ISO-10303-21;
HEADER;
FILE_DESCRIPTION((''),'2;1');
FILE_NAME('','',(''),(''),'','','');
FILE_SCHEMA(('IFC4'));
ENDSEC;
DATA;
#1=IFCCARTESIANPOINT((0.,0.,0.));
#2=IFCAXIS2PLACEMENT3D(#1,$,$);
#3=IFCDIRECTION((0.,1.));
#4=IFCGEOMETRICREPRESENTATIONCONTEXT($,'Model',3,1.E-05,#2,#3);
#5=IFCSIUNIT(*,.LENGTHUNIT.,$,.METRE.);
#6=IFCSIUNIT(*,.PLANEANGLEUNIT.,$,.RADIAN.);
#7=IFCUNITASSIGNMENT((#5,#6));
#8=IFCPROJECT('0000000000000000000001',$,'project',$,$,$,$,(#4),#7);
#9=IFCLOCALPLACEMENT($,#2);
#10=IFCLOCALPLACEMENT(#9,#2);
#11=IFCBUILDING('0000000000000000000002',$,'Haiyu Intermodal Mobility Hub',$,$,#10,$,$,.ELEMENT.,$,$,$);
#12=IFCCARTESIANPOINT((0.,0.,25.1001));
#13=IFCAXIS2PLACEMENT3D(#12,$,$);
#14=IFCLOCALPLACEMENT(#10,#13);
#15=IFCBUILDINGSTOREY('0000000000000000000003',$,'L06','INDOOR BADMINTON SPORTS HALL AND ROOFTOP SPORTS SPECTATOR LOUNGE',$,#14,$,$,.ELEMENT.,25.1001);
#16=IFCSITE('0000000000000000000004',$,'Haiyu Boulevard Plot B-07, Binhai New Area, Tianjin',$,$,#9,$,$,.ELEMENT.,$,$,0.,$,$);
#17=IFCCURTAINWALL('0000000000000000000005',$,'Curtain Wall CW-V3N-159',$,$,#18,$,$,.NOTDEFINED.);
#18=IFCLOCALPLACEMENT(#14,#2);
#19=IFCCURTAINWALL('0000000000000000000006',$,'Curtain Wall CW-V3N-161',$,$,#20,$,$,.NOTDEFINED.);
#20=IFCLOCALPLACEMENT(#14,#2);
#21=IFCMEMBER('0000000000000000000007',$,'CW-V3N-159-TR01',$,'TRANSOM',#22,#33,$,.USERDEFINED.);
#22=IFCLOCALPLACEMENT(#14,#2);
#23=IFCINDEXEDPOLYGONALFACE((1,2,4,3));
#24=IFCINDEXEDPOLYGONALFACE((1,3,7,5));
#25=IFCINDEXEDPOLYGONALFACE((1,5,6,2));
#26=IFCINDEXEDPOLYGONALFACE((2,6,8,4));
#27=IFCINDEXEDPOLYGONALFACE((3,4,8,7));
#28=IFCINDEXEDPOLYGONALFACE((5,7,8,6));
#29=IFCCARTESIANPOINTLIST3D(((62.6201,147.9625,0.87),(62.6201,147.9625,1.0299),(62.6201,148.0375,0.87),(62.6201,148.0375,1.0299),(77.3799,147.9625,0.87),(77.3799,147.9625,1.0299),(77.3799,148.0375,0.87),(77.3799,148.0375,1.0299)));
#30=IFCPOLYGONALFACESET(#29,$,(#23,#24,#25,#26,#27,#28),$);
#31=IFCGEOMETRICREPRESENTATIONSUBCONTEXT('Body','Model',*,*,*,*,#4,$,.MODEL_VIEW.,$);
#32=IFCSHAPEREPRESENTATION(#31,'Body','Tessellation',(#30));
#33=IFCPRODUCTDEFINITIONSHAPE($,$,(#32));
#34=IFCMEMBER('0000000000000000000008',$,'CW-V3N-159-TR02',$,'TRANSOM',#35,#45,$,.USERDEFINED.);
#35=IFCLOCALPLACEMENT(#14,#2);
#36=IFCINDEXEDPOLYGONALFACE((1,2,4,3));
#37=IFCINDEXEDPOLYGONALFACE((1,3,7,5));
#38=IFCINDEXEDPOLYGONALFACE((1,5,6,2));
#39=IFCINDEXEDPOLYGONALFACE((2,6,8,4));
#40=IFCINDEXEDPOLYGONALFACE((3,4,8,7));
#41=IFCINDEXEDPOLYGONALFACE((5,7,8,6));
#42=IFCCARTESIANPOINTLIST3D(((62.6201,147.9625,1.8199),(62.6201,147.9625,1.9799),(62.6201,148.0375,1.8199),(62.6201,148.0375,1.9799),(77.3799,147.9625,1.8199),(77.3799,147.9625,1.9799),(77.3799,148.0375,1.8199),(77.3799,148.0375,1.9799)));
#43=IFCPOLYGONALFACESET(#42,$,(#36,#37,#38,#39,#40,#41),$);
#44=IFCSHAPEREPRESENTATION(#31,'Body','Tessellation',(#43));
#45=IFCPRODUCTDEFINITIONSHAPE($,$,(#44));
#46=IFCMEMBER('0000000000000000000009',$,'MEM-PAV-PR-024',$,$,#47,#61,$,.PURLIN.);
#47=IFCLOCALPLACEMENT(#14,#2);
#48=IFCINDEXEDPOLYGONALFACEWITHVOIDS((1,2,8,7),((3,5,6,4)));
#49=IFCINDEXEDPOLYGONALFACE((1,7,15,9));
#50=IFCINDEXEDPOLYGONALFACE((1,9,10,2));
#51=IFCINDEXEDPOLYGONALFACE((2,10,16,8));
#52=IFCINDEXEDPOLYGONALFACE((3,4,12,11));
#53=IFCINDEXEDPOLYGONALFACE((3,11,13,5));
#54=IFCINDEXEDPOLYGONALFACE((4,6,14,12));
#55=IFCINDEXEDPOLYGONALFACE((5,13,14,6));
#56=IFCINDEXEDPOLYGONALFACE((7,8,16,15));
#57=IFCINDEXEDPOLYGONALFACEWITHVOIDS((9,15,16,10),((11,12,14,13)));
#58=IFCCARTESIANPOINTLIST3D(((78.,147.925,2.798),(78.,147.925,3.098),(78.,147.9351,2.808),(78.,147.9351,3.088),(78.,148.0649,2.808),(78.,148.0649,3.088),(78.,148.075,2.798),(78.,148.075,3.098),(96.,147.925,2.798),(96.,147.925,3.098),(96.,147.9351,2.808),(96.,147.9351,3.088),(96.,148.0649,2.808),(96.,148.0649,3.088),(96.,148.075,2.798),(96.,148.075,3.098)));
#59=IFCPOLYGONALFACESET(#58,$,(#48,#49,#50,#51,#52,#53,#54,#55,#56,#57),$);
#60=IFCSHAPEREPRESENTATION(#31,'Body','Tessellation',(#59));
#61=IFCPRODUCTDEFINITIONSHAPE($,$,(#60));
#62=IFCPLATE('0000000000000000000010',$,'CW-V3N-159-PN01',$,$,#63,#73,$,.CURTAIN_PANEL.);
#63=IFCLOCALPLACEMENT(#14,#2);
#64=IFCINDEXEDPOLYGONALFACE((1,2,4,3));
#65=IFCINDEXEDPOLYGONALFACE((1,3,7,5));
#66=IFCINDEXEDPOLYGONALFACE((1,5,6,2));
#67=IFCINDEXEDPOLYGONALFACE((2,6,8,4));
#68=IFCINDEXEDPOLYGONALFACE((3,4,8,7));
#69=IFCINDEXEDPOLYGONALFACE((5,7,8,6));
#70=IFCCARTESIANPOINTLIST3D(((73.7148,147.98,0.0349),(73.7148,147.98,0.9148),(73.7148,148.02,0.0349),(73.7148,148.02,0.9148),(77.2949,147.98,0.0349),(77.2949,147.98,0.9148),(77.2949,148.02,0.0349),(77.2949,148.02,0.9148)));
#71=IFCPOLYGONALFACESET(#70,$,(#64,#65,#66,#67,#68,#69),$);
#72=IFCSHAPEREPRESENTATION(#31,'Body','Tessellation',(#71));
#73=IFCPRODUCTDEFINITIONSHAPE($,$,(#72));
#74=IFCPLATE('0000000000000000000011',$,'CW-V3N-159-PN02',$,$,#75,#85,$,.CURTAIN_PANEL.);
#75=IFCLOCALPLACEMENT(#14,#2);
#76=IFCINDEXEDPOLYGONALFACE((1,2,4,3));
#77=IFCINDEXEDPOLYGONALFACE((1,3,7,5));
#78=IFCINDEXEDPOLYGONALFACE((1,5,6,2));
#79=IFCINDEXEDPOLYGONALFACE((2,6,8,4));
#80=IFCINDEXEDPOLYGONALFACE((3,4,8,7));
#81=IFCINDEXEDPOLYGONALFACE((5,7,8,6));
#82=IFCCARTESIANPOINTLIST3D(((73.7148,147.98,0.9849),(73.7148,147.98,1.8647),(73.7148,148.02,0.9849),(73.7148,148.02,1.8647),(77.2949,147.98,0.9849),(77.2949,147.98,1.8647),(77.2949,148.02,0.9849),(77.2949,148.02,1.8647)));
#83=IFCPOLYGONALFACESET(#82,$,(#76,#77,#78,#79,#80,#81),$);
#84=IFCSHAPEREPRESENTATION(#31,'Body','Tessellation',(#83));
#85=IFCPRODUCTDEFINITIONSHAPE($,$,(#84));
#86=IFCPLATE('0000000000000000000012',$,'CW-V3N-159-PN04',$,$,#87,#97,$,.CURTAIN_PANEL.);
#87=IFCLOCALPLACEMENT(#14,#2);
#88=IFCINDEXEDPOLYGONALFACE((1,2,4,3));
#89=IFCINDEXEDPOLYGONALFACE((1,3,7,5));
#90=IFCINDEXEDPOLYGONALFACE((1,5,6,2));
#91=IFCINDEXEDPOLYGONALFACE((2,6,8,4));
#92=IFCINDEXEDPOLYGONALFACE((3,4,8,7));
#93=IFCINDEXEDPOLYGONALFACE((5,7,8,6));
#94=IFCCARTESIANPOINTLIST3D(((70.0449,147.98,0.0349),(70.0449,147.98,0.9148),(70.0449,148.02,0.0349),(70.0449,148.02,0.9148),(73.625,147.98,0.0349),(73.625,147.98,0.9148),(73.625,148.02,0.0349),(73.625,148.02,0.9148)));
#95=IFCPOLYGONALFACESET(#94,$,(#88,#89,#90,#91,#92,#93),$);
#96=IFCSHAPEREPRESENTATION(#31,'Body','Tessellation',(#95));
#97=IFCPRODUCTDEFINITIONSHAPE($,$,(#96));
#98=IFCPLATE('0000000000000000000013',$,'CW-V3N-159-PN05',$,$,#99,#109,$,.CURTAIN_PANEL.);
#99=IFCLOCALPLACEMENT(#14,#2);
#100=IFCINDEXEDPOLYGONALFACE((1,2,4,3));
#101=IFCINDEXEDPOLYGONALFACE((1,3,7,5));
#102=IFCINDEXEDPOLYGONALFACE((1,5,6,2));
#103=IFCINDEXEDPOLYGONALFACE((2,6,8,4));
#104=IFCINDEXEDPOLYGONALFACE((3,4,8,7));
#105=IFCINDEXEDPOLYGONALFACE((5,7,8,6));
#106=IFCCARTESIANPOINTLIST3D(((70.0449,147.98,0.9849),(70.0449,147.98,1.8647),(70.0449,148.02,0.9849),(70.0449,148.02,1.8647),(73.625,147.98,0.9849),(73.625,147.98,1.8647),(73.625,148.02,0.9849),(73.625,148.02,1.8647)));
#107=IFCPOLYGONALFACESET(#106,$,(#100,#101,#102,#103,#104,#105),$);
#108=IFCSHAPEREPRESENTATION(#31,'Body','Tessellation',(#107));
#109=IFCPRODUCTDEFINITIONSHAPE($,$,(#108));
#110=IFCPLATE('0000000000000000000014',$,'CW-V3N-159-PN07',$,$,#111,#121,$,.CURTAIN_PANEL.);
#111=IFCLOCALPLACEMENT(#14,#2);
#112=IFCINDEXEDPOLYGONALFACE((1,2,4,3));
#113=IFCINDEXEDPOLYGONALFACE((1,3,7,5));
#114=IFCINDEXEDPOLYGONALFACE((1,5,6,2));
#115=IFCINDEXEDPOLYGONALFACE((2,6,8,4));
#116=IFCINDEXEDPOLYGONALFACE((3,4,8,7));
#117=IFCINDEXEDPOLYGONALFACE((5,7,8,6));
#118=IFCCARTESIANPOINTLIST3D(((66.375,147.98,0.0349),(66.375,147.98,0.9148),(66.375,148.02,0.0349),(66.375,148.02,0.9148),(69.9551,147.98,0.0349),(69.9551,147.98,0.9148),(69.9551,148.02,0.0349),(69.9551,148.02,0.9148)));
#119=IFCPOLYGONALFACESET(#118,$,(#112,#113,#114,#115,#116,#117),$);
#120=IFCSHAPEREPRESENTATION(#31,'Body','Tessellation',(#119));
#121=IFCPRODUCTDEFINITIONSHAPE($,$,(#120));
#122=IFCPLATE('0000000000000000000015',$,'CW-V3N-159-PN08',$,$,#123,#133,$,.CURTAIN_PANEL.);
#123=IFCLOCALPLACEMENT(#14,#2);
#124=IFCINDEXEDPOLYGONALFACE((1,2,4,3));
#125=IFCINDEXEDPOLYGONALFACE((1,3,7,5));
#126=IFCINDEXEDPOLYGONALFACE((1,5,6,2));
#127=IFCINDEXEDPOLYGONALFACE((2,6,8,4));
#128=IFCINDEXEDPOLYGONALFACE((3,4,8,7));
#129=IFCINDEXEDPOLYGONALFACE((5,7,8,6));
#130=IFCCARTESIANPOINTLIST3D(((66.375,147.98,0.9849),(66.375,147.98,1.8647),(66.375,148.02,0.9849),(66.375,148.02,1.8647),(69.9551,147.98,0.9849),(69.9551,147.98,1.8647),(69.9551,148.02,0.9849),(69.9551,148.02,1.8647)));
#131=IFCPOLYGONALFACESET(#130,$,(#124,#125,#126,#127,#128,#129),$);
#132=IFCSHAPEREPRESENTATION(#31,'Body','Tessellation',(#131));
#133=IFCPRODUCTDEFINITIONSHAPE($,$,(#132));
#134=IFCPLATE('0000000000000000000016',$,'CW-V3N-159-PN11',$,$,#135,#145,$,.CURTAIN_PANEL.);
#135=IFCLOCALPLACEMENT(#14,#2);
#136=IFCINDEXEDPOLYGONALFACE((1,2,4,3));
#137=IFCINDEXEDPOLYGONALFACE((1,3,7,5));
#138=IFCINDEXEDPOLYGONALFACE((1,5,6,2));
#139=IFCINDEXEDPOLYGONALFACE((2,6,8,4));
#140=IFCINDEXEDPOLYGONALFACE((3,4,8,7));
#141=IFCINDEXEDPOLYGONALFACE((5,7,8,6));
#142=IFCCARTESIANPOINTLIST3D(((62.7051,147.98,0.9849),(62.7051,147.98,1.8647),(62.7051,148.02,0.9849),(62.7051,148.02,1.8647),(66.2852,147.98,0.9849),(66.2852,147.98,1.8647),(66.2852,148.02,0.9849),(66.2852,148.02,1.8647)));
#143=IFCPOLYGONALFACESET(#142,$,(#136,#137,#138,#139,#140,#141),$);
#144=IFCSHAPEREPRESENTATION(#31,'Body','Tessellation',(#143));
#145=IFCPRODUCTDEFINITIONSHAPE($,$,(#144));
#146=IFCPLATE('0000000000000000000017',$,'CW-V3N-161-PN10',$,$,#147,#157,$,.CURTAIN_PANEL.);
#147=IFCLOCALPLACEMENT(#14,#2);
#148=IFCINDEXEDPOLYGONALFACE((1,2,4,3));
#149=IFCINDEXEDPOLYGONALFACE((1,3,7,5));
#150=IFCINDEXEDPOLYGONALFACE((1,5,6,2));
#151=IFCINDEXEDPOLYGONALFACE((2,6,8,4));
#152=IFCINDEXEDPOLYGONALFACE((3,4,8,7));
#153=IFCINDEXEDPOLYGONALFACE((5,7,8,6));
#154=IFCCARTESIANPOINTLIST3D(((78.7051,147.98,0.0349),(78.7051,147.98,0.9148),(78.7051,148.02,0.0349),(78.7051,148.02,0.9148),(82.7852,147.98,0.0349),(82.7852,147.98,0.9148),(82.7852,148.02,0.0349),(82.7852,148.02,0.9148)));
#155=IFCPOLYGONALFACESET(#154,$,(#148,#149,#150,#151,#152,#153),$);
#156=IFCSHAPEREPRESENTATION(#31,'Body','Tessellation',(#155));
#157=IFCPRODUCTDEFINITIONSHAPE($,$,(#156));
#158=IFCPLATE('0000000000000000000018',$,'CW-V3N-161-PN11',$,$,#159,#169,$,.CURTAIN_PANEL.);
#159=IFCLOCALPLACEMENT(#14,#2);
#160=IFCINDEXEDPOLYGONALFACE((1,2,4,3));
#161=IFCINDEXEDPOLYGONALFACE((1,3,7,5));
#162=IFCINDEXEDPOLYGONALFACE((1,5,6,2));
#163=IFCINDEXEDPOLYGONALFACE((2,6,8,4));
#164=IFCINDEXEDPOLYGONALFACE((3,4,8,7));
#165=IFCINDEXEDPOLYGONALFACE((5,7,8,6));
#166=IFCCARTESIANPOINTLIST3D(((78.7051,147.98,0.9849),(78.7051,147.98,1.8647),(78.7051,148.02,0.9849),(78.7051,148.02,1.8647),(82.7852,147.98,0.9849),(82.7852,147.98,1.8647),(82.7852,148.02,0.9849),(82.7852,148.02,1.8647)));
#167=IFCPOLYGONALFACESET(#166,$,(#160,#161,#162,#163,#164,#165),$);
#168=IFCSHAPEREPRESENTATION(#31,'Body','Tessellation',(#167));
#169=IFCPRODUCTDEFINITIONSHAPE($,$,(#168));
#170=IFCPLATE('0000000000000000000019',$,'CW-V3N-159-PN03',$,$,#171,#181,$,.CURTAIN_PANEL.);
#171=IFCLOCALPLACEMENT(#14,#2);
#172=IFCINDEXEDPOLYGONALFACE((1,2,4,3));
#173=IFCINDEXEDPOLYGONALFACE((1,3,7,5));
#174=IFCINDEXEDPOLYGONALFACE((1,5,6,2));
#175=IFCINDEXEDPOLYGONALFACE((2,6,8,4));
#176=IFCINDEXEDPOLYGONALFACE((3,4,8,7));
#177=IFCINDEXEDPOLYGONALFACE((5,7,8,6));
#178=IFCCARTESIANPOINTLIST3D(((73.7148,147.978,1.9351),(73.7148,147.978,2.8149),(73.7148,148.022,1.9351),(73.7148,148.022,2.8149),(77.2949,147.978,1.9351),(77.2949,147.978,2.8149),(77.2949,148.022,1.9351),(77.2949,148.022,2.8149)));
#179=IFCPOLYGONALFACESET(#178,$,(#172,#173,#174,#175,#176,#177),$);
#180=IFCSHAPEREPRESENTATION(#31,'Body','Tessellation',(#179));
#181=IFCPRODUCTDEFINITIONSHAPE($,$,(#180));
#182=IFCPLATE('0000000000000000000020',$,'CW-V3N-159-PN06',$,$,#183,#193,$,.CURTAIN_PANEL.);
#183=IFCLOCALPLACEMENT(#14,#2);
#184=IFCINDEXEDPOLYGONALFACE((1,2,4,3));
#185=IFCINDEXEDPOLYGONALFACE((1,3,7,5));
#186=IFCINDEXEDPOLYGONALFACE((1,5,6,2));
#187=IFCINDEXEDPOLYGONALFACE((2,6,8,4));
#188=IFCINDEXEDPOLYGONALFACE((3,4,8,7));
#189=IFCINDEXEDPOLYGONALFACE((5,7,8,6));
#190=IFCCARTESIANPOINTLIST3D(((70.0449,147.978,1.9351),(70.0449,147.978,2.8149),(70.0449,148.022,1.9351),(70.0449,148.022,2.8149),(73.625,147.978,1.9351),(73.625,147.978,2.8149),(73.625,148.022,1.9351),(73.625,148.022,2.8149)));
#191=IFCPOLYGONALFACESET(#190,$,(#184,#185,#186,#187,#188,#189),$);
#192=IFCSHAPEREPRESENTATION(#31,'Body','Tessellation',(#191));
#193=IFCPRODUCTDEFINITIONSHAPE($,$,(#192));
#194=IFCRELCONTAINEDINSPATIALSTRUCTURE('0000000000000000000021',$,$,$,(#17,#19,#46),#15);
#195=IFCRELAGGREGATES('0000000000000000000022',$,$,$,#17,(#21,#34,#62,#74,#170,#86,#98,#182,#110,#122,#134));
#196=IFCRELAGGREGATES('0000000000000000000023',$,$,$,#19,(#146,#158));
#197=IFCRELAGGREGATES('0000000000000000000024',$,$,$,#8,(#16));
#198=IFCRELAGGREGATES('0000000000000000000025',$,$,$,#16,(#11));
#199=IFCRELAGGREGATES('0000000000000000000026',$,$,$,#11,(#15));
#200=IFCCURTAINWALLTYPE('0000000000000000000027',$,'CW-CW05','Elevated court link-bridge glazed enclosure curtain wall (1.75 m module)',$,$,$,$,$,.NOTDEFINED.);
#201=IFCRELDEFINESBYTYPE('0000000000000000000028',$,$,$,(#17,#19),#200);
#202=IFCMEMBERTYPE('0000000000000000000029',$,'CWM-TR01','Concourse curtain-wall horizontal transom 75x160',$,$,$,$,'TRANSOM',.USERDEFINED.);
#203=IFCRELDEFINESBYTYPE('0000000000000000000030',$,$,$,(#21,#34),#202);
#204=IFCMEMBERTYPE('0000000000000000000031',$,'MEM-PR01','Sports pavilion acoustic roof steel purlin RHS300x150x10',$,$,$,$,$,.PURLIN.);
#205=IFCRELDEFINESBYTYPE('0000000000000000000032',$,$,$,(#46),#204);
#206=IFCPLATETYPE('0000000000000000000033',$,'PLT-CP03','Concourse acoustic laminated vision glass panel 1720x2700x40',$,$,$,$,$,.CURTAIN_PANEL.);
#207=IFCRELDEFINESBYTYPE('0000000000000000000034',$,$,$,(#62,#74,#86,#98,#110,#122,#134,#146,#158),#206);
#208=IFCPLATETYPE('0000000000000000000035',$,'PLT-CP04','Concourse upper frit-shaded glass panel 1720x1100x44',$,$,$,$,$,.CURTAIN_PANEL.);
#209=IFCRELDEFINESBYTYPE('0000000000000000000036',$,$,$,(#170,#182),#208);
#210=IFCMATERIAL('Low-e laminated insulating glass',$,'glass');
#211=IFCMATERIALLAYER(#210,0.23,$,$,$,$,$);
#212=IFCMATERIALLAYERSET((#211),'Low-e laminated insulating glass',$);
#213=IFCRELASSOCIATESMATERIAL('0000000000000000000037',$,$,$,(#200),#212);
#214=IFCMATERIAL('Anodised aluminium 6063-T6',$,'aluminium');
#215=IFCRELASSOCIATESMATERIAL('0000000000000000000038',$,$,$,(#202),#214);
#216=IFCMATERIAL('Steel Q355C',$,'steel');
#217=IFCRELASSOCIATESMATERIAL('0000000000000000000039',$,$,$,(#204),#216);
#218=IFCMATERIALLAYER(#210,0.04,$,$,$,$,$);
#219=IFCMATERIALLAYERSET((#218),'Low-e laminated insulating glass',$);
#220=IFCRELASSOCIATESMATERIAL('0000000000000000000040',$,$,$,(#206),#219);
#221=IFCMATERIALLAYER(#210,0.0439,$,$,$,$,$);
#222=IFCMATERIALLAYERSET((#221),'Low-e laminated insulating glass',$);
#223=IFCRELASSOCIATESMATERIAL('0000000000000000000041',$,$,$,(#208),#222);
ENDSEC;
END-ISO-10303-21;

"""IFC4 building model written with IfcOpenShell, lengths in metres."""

from ifc_helpers import new_model, si_unit, direction, frame, origin, origin_2d, place, context, subcontext, project, spatial, rectangle, hollow_rectangle, extrude, material, layer, layer_set, material_profile, profile_set, type_object, element, aggregate, save


model = new_model("IFC4")

# Units and contexts
model_context = context("Model", 3, precision=1e-05, world=origin(), true_north=direction((0.0, 1.0)))
body_context = subcontext(model_context, "Body", "Model", "MODEL_VIEW")
ifc_project = project(units=[si_unit("LENGTHUNIT", "METRE"), si_unit("PLANEANGLEUNIT", "RADIAN")], contexts=[model_context])

# Site, building, storey
site_placement = place(None, origin())
site = spatial("IfcSite", under=ifc_project, at=site_placement, Name="Haiyu Boulevard Plot B-07, Binhai New Area, Tianjin", CompositionType="ELEMENT", RefElevation=0.0)
building_placement = place(site_placement, origin())
building = spatial("IfcBuilding", under=site, at=building_placement, Name="Haiyu Intermodal Mobility Hub", CompositionType="ELEMENT")
storey_placement = place(building_placement, frame((0.0, 0.0, 25.1001)))
storey = spatial("IfcBuildingStorey", under=building, at=storey_placement, Name="L06", Description="INDOOR BADMINTON SPORTS HALL AND ROOFTOP SPORTS SPECTATOR LOUNGE", CompositionType="ELEMENT", Elevation=25.1001)

# Shared definitions
ifc_material_1 = material(Name="Steel Q355C", Category="steel")

# Curtain wall
ifc_material_2 = material(Name="Low-e laminated insulating glass", Category="glass")
ifc_layer_1 = layer(ifc_material_2, 0.23)
ifc_layer_set_1 = layer_set([ifc_layer_1], Name="Low-e laminated insulating glass")
curtain_wall_type = type_object("IfcCurtainWallType", Name="CW-CW05", Description="Elevated court link-bridge glazed enclosure curtain wall (1.75 m module)", PredefinedType="NOTDEFINED", material=ifc_layer_set_1)
curtain_wall_1_placement = place(storey_placement, origin())
curtain_wall_1 = element("IfcCurtainWall", 1, at=curtain_wall_1_placement, inside=storey, type_object=curtain_wall_type, Name="Curtain Wall CW-V3N-159", PredefinedType="NOTDEFINED")
ifc_material_3 = material(Name="Anodised aluminium 6063-T6", Category="aluminium")

# Curtain wall
curtain_wall_2_placement = place(storey_placement, origin())
curtain_wall_2 = element("IfcCurtainWall", 2, at=curtain_wall_2_placement, inside=storey, type_object=curtain_wall_type, Name="Curtain Wall CW-V3N-161", PredefinedType="NOTDEFINED")

# Members
ifc_material_profile_1 = material_profile(ifc_material_3, rectangle(XDim=0.075, YDim=0.1599, at=origin_2d()), Name="ALU75x160")
ifc_profile_set_1 = profile_set([ifc_material_profile_1], Name="Anodised aluminium 6063-T6")
member_type_1 = type_object("IfcMemberType", Name="CWM-TR01", Description="Concourse curtain-wall horizontal transom 75x160", ElementType="TRANSOM", PredefinedType="USERDEFINED", material=ifc_profile_set_1)
member_1_placement = place(storey_placement, frame((77.3799, 148.0, 0.95), z_axis=(-1.0, 0.0, 0.0), x_axis=(0.0, -1.0, 0.0)))
member_1 = element("IfcMember", 3, at=member_1_placement, type_object=member_type_1, Name="CW-V3N-159-TR01", ObjectType="TRANSOM", PredefinedType="USERDEFINED", context=body_context, shape_type="SweptSolid", body=[
    extrude(rectangle(XDim=0.075, YDim=0.1599, at=origin_2d()), origin(), (0.0, 0.0, 1.0), 14.7598),
])
member_2_placement = place(storey_placement, frame((77.3799, 148.0, 1.8999), z_axis=(-1.0, 0.0, 0.0), x_axis=(0.0, -1.0, 0.0)))
member_2 = element("IfcMember", 4, at=member_2_placement, type_object=member_type_1, Name="CW-V3N-159-TR02", ObjectType="TRANSOM", PredefinedType="USERDEFINED", context=body_context, shape_type="SweptSolid", body=[
    extrude(rectangle(XDim=0.075, YDim=0.1599, at=origin_2d()), origin(), (0.0, 0.0, 1.0), 14.7598),
])
ifc_material_profile_2 = material_profile(ifc_material_1, hollow_rectangle(XDim=0.1499, YDim=0.3, WallThickness=0.01, at=origin_2d()), Name="RHS300x150x10")
ifc_profile_set_2 = profile_set([ifc_material_profile_2], Name="Steel Q355C")
member_type_2 = type_object("IfcMemberType", Name="MEM-PR01", Description="Sports pavilion acoustic roof steel purlin RHS300x150x10", PredefinedType="PURLIN", material=ifc_profile_set_2)
member_3_placement = place(storey_placement, frame((78.0, 148.0, 2.948), z_axis=(1.0, 0.0, 0.0), x_axis=(0.0, 1.0, 0.0)))
element("IfcMember", 5, at=member_3_placement, inside=storey, type_object=member_type_2, Name="MEM-PAV-PR-024", PredefinedType="PURLIN", context=body_context, shape_type="SweptSolid", body=[
    extrude(hollow_rectangle(XDim=0.1499, YDim=0.3, WallThickness=0.01, at=origin_2d()), origin(), (0.0, 0.0, 1.0), 18.0),
])

# Plates
ifc_layer_2 = layer(ifc_material_2, 0.04)
ifc_layer_set_2 = layer_set([ifc_layer_2], Name="Low-e laminated insulating glass")
plate_type_1 = type_object("IfcPlateType", Name="PLT-CP03", Description="Concourse acoustic laminated vision glass panel 1720x2700x40", PredefinedType="CURTAIN_PANEL", material=ifc_layer_set_2)
plate_1_placement = place(storey_placement, frame((75.5049, 148.0, 0.0349), z_axis=(0.0, 0.0, 1.0), x_axis=(-1.0, 0.0, 0.0)))
plate_1 = element("IfcPlate", 6, at=plate_1_placement, type_object=plate_type_1, Name="CW-V3N-159-PN01", PredefinedType="CURTAIN_PANEL", context=body_context, shape_type="SweptSolid", body=[
    extrude(rectangle(XDim=3.5801, YDim=0.04, at=origin_2d()), origin(), (0.0, 0.0, 1.0), 0.8799),
])
plate_2_placement = place(storey_placement, frame((75.5049, 148.0, 0.9849), z_axis=(0.0, 0.0, 1.0), x_axis=(-1.0, 0.0, 0.0)))
plate_2 = element("IfcPlate", 7, at=plate_2_placement, type_object=plate_type_1, Name="CW-V3N-159-PN02", PredefinedType="CURTAIN_PANEL", context=body_context, shape_type="SweptSolid", body=[
    extrude(rectangle(XDim=3.5801, YDim=0.04, at=origin_2d()), origin(), (0.0, 0.0, 1.0), 0.8799),
])
plate_3_placement = place(storey_placement, frame((71.835, 148.0, 0.0349), z_axis=(0.0, 0.0, 1.0), x_axis=(-1.0, 0.0, 0.0)))
plate_3 = element("IfcPlate", 8, at=plate_3_placement, type_object=plate_type_1, Name="CW-V3N-159-PN04", PredefinedType="CURTAIN_PANEL", context=body_context, shape_type="SweptSolid", body=[
    extrude(rectangle(XDim=3.5801, YDim=0.04, at=origin_2d()), origin(), (0.0, 0.0, 1.0), 0.8799),
])
plate_4_placement = place(storey_placement, frame((71.835, 148.0, 0.9849), z_axis=(0.0, 0.0, 1.0), x_axis=(-1.0, 0.0, 0.0)))
plate_4 = element("IfcPlate", 9, at=plate_4_placement, type_object=plate_type_1, Name="CW-V3N-159-PN05", PredefinedType="CURTAIN_PANEL", context=body_context, shape_type="SweptSolid", body=[
    extrude(rectangle(XDim=3.5801, YDim=0.04, at=origin_2d()), origin(), (0.0, 0.0, 1.0), 0.8799),
])
plate_5_placement = place(storey_placement, frame((68.165, 148.0, 0.0349), z_axis=(0.0, 0.0, 1.0), x_axis=(-1.0, 0.0, 0.0)))
plate_5 = element("IfcPlate", 10, at=plate_5_placement, type_object=plate_type_1, Name="CW-V3N-159-PN07", PredefinedType="CURTAIN_PANEL", context=body_context, shape_type="SweptSolid", body=[
    extrude(rectangle(XDim=3.5801, YDim=0.04, at=origin_2d()), origin(), (0.0, 0.0, 1.0), 0.8799),
])
plate_6_placement = place(storey_placement, frame((68.165, 148.0, 0.9849), z_axis=(0.0, 0.0, 1.0), x_axis=(-1.0, 0.0, 0.0)))
plate_6 = element("IfcPlate", 11, at=plate_6_placement, type_object=plate_type_1, Name="CW-V3N-159-PN08", PredefinedType="CURTAIN_PANEL", context=body_context, shape_type="SweptSolid", body=[
    extrude(rectangle(XDim=3.5801, YDim=0.04, at=origin_2d()), origin(), (0.0, 0.0, 1.0), 0.8799),
])
plate_7_placement = place(storey_placement, frame((64.4951, 148.0, 0.9849), z_axis=(0.0, 0.0, 1.0), x_axis=(-1.0, 0.0, 0.0)))
plate_7 = element("IfcPlate", 12, at=plate_7_placement, type_object=plate_type_1, Name="CW-V3N-159-PN11", PredefinedType="CURTAIN_PANEL", context=body_context, shape_type="SweptSolid", body=[
    extrude(rectangle(XDim=3.5801, YDim=0.04, at=origin_2d()), origin(), (0.0, 0.0, 1.0), 0.8799),
])
plate_8_placement = place(storey_placement, frame((80.7451, 148.0, 0.0349), z_axis=(0.0, 0.0, 1.0), x_axis=(-1.0, 0.0, 0.0)))
plate_8 = element("IfcPlate", 13, at=plate_8_placement, type_object=plate_type_1, Name="CW-V3N-161-PN10", PredefinedType="CURTAIN_PANEL", context=body_context, shape_type="SweptSolid", body=[
    extrude(rectangle(XDim=4.0801, YDim=0.04, at=origin_2d()), origin(), (0.0, 0.0, 1.0), 0.8799),
])
plate_9_placement = place(storey_placement, frame((80.7451, 148.0, 0.9849), z_axis=(0.0, 0.0, 1.0), x_axis=(-1.0, 0.0, 0.0)))
plate_9 = element("IfcPlate", 14, at=plate_9_placement, type_object=plate_type_1, Name="CW-V3N-161-PN11", PredefinedType="CURTAIN_PANEL", context=body_context, shape_type="SweptSolid", body=[
    extrude(rectangle(XDim=4.0801, YDim=0.04, at=origin_2d()), origin(), (0.0, 0.0, 1.0), 0.8799),
])
ifc_layer_3 = layer(ifc_material_2, 0.0439)
ifc_layer_set_3 = layer_set([ifc_layer_3], Name="Low-e laminated insulating glass")
plate_type_2 = type_object("IfcPlateType", Name="PLT-CP04", Description="Concourse upper frit-shaded glass panel 1720x1100x44", PredefinedType="CURTAIN_PANEL", material=ifc_layer_set_3)
plate_10_placement = place(storey_placement, frame((75.5049, 148.0, 1.9351), z_axis=(0.0, 0.0, 1.0), x_axis=(-1.0, 0.0, 0.0)))
plate_10 = element("IfcPlate", 15, at=plate_10_placement, type_object=plate_type_2, Name="CW-V3N-159-PN03", PredefinedType="CURTAIN_PANEL", context=body_context, shape_type="SweptSolid", body=[
    extrude(rectangle(XDim=3.5801, YDim=0.0439, at=origin_2d()), origin(), (0.0, 0.0, 1.0), 0.8799),
])
plate_11_placement = place(storey_placement, frame((71.835, 148.0, 1.9351), z_axis=(0.0, 0.0, 1.0), x_axis=(-1.0, 0.0, 0.0)))
plate_11 = element("IfcPlate", 16, at=plate_11_placement, type_object=plate_type_2, Name="CW-V3N-159-PN06", PredefinedType="CURTAIN_PANEL", context=body_context, shape_type="SweptSolid", body=[
    extrude(rectangle(XDim=3.5801, YDim=0.0439, at=origin_2d()), origin(), (0.0, 0.0, 1.0), 0.8799),
])
aggregate(curtain_wall_1, [member_1, member_2, plate_1, plate_2, plate_10, plate_3, plate_4, plate_11, plate_5, plate_6, plate_7])
aggregate(curtain_wall_2, [plate_8, plate_9])

save(model, "model.ifc")
